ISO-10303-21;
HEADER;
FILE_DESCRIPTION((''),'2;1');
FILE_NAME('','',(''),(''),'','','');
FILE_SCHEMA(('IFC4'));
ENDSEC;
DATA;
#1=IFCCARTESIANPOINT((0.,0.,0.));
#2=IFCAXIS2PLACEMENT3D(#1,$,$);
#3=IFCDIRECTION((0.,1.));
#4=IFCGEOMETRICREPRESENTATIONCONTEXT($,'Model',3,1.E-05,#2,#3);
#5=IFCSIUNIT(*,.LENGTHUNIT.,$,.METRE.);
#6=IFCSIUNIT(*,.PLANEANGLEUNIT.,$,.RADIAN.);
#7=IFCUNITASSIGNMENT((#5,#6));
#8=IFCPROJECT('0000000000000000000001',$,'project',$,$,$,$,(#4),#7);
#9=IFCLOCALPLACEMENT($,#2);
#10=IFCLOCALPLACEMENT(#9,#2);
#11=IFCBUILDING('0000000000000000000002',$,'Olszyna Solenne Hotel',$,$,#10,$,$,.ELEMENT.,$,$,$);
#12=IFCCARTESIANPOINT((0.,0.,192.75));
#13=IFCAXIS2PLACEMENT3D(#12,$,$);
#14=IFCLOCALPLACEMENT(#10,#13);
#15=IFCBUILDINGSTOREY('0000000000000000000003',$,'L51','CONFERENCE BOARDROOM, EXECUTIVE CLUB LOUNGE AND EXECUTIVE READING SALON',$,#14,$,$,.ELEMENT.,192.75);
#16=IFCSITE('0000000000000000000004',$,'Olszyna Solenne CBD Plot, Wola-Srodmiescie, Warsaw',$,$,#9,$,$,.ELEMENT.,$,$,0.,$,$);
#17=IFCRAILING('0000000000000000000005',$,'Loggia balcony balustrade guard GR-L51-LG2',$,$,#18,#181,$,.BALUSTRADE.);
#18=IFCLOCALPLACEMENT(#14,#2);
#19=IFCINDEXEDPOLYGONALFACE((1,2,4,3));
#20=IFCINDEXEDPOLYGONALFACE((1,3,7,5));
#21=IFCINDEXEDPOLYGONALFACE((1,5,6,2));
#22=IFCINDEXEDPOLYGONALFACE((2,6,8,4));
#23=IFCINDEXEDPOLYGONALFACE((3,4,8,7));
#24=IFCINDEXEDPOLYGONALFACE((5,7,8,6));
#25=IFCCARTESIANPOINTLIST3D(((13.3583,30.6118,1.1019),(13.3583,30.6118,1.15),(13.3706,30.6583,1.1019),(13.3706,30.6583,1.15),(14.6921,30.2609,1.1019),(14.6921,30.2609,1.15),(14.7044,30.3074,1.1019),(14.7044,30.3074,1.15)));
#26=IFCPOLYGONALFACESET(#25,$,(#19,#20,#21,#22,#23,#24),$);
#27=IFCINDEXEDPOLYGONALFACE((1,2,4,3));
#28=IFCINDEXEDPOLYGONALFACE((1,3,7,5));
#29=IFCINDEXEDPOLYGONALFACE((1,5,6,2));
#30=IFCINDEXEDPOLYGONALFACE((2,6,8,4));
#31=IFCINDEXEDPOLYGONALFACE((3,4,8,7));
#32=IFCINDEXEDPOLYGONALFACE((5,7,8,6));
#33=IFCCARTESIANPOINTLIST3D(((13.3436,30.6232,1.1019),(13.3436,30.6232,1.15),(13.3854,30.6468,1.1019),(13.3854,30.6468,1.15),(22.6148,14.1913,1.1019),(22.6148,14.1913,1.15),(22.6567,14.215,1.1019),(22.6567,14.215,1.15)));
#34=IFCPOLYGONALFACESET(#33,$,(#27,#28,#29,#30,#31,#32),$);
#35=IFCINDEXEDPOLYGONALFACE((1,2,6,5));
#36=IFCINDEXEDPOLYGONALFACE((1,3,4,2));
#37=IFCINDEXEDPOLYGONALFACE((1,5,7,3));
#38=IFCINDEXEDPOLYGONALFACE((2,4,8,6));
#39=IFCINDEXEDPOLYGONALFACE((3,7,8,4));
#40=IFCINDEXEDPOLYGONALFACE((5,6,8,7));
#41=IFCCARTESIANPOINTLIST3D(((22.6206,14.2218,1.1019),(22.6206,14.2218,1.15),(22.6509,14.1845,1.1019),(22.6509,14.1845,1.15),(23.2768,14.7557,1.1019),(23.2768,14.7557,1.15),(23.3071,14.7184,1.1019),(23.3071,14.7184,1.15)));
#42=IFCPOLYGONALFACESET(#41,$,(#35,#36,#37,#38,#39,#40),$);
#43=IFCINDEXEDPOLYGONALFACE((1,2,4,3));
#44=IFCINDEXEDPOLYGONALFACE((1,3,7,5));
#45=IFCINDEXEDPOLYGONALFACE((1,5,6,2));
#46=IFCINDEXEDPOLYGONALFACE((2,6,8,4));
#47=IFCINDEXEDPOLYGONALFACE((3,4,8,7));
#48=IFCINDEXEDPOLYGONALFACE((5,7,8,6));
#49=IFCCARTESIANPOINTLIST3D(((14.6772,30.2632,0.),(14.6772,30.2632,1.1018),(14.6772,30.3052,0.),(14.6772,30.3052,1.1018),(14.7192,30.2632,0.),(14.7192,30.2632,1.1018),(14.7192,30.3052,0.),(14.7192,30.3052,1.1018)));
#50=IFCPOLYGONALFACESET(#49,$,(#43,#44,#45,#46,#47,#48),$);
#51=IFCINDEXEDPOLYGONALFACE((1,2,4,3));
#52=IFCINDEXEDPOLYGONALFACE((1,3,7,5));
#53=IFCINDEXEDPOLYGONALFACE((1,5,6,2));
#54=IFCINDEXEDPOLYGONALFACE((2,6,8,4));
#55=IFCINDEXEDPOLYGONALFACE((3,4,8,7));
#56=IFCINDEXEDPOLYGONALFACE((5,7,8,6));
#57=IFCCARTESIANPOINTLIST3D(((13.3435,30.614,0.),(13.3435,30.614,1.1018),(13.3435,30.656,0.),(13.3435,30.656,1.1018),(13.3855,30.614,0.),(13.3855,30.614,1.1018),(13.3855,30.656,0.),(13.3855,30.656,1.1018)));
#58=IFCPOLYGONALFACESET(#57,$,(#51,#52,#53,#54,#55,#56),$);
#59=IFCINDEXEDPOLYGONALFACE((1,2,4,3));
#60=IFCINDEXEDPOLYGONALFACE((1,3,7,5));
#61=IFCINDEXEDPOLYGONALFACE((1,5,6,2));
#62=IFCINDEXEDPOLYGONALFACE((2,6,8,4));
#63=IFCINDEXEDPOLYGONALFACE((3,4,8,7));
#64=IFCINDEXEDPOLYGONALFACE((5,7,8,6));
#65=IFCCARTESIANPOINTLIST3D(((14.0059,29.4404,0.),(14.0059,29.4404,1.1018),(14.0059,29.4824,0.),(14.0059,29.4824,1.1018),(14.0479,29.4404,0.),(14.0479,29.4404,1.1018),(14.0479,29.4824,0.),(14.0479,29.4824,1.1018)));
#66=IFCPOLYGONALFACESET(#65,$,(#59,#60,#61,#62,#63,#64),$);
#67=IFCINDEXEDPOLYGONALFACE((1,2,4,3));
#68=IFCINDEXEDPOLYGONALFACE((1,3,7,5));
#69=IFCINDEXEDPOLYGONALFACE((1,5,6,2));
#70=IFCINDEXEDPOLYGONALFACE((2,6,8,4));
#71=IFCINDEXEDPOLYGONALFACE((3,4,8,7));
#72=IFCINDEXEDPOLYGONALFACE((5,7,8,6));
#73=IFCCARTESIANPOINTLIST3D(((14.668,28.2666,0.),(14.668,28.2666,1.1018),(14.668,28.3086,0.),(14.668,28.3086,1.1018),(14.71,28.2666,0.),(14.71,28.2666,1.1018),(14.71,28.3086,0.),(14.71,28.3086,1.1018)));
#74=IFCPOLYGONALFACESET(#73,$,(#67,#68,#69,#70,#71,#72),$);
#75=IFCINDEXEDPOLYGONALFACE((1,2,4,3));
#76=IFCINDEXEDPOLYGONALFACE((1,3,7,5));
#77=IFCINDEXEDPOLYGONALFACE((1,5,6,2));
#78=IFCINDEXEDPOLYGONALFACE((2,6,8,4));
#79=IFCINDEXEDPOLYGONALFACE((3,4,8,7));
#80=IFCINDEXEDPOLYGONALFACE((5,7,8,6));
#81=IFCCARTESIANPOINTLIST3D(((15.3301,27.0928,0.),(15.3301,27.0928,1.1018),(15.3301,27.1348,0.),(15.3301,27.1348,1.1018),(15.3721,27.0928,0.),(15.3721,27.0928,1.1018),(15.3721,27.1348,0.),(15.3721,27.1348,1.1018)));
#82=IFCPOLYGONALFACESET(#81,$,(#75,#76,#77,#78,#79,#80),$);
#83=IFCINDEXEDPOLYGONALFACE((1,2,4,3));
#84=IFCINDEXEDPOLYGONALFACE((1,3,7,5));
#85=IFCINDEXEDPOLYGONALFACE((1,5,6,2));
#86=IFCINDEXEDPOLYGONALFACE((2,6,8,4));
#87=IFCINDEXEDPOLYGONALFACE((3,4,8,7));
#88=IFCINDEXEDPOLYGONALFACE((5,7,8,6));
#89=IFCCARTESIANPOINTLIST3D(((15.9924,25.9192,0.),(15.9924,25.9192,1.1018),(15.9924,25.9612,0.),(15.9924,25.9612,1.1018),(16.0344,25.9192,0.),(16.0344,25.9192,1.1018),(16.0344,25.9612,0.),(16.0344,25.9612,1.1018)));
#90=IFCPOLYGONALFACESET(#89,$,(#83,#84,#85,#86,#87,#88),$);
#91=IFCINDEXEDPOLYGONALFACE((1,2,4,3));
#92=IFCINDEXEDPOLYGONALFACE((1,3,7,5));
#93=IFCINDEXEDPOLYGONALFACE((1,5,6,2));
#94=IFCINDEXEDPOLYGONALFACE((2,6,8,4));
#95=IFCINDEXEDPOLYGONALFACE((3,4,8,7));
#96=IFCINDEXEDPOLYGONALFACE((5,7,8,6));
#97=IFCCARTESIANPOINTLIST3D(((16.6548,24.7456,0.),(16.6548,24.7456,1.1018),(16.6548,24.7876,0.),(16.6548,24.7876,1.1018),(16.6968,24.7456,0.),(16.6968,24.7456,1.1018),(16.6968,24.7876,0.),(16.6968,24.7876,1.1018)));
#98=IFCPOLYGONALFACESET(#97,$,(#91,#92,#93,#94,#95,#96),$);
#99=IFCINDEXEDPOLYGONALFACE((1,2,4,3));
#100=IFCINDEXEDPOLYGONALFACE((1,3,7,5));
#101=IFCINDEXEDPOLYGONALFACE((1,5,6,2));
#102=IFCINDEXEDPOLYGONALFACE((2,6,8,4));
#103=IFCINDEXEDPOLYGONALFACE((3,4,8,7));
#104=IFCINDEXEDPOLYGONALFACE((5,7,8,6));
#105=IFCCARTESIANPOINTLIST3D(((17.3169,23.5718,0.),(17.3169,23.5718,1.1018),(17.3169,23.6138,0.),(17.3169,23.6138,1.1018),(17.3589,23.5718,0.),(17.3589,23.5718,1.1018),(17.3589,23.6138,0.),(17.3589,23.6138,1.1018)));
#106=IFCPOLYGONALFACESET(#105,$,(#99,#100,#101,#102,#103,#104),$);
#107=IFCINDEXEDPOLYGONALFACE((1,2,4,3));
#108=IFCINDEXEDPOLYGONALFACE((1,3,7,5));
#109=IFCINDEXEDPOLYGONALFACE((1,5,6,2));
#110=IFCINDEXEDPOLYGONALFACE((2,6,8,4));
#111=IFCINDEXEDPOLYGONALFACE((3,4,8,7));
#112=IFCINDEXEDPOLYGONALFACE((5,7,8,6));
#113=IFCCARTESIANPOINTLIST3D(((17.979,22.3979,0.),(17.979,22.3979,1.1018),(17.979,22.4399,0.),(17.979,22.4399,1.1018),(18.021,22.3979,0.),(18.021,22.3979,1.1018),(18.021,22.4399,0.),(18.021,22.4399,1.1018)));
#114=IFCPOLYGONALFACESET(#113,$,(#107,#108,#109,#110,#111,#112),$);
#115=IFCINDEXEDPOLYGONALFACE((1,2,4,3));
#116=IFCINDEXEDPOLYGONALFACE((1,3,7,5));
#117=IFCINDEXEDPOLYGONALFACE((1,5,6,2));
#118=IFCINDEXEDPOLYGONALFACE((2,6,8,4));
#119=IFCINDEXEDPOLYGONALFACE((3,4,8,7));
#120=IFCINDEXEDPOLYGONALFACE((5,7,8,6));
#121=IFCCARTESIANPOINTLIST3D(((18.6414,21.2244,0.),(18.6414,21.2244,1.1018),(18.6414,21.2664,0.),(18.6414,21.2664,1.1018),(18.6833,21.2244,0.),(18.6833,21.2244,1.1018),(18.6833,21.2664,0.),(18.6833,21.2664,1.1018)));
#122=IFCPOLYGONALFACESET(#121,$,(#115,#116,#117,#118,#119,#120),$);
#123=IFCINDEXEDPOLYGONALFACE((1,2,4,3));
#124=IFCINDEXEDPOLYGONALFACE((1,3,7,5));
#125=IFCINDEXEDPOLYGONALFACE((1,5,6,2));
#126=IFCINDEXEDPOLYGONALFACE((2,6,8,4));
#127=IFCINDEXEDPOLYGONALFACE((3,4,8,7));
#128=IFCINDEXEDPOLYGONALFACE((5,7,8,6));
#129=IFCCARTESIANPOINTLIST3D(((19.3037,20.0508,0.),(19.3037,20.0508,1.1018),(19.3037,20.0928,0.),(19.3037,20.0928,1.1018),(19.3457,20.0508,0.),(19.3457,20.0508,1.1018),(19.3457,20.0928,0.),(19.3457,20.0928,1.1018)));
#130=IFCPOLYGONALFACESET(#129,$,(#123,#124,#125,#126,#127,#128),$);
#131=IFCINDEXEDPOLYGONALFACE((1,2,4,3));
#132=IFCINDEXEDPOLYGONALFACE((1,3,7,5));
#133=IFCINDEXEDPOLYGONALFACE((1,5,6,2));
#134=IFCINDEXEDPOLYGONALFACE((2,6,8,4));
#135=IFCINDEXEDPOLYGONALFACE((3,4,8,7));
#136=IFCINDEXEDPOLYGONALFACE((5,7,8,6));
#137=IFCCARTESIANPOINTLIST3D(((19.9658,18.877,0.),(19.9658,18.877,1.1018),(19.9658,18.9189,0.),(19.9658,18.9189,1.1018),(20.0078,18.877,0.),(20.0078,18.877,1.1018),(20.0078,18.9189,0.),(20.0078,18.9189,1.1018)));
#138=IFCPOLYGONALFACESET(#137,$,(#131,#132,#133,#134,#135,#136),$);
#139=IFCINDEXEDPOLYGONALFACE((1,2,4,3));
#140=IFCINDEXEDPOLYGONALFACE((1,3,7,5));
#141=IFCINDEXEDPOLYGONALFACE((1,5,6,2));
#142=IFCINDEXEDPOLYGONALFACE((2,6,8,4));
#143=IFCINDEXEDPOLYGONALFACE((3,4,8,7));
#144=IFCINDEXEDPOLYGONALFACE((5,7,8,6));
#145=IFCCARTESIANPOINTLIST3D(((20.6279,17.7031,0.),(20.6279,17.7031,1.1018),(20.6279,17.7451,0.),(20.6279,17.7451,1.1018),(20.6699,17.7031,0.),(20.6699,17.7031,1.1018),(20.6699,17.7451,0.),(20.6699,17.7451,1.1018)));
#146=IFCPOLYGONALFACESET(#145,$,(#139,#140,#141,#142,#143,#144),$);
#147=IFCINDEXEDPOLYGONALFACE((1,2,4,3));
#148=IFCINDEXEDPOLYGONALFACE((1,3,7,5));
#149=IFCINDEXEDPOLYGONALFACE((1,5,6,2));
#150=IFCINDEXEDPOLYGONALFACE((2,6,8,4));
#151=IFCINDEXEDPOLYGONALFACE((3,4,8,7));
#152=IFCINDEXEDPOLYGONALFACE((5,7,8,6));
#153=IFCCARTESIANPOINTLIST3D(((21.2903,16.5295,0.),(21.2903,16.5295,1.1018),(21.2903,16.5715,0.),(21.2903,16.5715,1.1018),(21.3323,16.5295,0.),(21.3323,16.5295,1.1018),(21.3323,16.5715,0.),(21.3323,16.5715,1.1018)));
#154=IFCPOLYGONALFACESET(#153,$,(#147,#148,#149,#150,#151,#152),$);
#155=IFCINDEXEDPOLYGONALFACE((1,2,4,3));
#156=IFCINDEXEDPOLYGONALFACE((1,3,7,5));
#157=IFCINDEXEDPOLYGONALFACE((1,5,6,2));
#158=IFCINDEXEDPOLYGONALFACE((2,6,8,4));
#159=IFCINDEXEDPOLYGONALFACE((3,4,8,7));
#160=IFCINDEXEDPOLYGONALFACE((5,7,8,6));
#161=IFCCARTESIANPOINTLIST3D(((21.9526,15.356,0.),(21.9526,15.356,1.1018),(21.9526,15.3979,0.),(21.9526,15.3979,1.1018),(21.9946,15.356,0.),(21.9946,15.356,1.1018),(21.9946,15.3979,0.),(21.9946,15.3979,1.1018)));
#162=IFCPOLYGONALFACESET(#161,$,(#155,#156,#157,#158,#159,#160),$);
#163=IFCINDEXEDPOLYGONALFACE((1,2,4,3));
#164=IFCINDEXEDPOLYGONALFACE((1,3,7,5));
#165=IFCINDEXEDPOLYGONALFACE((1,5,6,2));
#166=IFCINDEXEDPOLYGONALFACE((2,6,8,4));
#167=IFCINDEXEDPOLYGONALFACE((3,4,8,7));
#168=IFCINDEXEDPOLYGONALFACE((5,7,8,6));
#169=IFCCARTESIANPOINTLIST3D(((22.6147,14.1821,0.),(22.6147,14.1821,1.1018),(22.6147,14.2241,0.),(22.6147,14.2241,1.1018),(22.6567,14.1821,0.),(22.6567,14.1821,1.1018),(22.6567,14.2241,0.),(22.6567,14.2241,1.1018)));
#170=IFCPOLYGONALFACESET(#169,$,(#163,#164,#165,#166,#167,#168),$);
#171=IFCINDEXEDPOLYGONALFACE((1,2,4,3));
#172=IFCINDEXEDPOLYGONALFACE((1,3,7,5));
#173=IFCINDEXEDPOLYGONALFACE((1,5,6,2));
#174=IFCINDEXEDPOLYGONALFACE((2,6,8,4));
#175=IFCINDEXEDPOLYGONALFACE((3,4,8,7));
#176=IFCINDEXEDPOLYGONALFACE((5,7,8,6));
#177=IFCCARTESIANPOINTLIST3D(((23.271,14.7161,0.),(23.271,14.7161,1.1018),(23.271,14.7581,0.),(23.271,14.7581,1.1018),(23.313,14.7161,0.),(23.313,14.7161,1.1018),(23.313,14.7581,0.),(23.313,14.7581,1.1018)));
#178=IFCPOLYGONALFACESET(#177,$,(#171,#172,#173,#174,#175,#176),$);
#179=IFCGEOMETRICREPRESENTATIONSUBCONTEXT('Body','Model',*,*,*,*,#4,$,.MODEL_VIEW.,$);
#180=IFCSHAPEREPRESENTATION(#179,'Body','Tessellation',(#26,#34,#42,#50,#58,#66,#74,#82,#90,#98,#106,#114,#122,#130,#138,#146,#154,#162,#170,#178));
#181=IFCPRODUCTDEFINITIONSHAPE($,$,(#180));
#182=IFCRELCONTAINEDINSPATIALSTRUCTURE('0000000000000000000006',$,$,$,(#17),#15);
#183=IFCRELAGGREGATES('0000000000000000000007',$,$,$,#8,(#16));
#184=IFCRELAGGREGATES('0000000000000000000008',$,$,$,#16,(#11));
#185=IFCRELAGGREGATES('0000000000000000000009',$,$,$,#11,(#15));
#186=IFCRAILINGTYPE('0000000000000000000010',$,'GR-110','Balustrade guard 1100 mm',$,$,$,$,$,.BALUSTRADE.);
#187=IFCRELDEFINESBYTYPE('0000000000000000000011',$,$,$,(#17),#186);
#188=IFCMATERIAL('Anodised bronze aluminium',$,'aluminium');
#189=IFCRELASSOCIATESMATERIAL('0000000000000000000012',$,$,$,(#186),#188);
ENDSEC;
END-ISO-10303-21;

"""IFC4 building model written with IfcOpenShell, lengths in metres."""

from ifc_helpers import new_model, si_unit, direction, frame, origin, origin_2d, place, context, subcontext, project, spatial, rectangle, extrude, material, type_object, element, save


model = new_model("IFC4")

# Units and contexts
model_context = context("Model", 3, precision=1e-05, world=origin(), true_north=direction((0.0, 1.0)))
body_context = subcontext(model_context, "Body", "Model", "MODEL_VIEW")
ifc_project = project(units=[si_unit("LENGTHUNIT", "METRE"), si_unit("PLANEANGLEUNIT", "RADIAN")], contexts=[model_context])

# Site, building, storey
site_placement = place(None, origin())
site = spatial("IfcSite", under=ifc_project, at=site_placement, Name="Olszyna Solenne CBD Plot, Wola-Srodmiescie, Warsaw", CompositionType="ELEMENT", RefElevation=0.0)
building_placement = place(site_placement, origin())
building = spatial("IfcBuilding", under=site, at=building_placement, Name="Olszyna Solenne Hotel", CompositionType="ELEMENT")
storey_placement = place(building_placement, frame((0.0, 0.0, 192.75)))
storey = spatial("IfcBuildingStorey", under=building, at=storey_placement, Name="L51", Description="CONFERENCE BOARDROOM, EXECUTIVE CLUB LOUNGE AND EXECUTIVE READING SALON", CompositionType="ELEMENT", Elevation=192.75)

# Railing
ifc_material_1 = material(Name="Anodised bronze aluminium", Category="aluminium")
railing_type = type_object("IfcRailingType", Name="GR-110", Description="Balustrade guard 1100 mm", PredefinedType="BALUSTRADE", material=ifc_material_1)
railing_placement = place(storey_placement, frame((14.6982, 30.2842, 0.0)))
element("IfcRailing", 1, at=railing_placement, inside=storey, type_object=railing_type, Name="Loggia balcony balustrade guard GR-L51-LG2", PredefinedType="BALUSTRADE", context=body_context, shape_type="SweptSolid", body=[
    extrude(rectangle(XDim=0.0481, YDim=0.0481, at=origin_2d()), frame((0.0, 0.0, 1.126), z_axis=(-0.967102, 0.254389, 0.0), x_axis=(-0.254389, -0.967102, 0.0)), (0.0, 0.0, 1.0), 1.3792),
    extrude(rectangle(XDim=0.0481, YDim=0.0481, at=origin_2d()), frame((-1.3337, 0.3508, 1.126), z_axis=(0.4914, -0.870934, 0.0), x_axis=(0.870934, 0.4914, 0.0)), (0.0, 0.0, 1.0), 18.8669),
    extrude(rectangle(XDim=0.0481, YDim=0.0481, at=origin_2d()), frame((7.9375, -16.0811, 1.126), z_axis=(0.77569, 0.631114, 0.0), x_axis=(-0.631114, 0.77569, 0.0)), (0.0, 0.0, 1.0), 0.8459),
    extrude(rectangle(XDim=0.042, YDim=0.042, at=origin_2d()), origin(), (0.0, 0.0, 1.0), 1.1018),
    extrude(rectangle(XDim=0.042, YDim=0.042, at=origin_2d()), frame((-1.3337, 0.3508, 0.0)), (0.0, 0.0, 1.0), 1.1018),
    extrude(rectangle(XDim=0.042, YDim=0.042, at=origin_2d()), frame((-0.6714, -0.8228, 0.0)), (0.0, 0.0, 1.0), 1.1018),
    extrude(rectangle(XDim=0.042, YDim=0.042, at=origin_2d()), frame((-0.0093, -1.9966, 0.0)), (0.0, 0.0, 1.0), 1.1018),
    extrude(rectangle(XDim=0.042, YDim=0.042, at=origin_2d()), frame((0.6528, -3.1704, 0.0)), (0.0, 0.0, 1.0), 1.1018),
    extrude(rectangle(XDim=0.042, YDim=0.042, at=origin_2d()), frame((1.3152, -4.344, 0.0)), (0.0, 0.0, 1.0), 1.1018),
    extrude(rectangle(XDim=0.042, YDim=0.042, at=origin_2d()), frame((1.9775, -5.5176, 0.0)), (0.0, 0.0, 1.0), 1.1018),
    extrude(rectangle(XDim=0.042, YDim=0.042, at=origin_2d()), frame((2.6396, -6.6914, 0.0)), (0.0, 0.0, 1.0), 1.1018),
    extrude(rectangle(XDim=0.042, YDim=0.042, at=origin_2d()), frame((3.3018, -7.8652, 0.0)), (0.0, 0.0, 1.0), 1.1018),
    extrude(rectangle(XDim=0.042, YDim=0.042, at=origin_2d()), frame((3.9641, -9.0388, 0.0)), (0.0, 0.0, 1.0), 1.1018),
    extrude(rectangle(XDim=0.042, YDim=0.042, at=origin_2d()), frame((4.6265, -10.2124, 0.0)), (0.0, 0.0, 1.0), 1.1018),
    extrude(rectangle(XDim=0.042, YDim=0.042, at=origin_2d()), frame((5.2886, -11.3862, 0.0)), (0.0, 0.0, 1.0), 1.1018),
    extrude(rectangle(XDim=0.042, YDim=0.042, at=origin_2d()), frame((5.9507, -12.5601, 0.0)), (0.0, 0.0, 1.0), 1.1018),
    extrude(rectangle(XDim=0.042, YDim=0.042, at=origin_2d()), frame((6.613, -13.7336, 0.0)), (0.0, 0.0, 1.0), 1.1018),
    extrude(rectangle(XDim=0.042, YDim=0.042, at=origin_2d()), frame((7.2754, -14.9072, 0.0)), (0.0, 0.0, 1.0), 1.1018),
    extrude(rectangle(XDim=0.042, YDim=0.042, at=origin_2d()), frame((7.9375, -16.0811, 0.0)), (0.0, 0.0, 1.0), 1.1018),
    extrude(rectangle(XDim=0.042, YDim=0.042, at=origin_2d()), frame((8.5938, -15.5471, 0.0)), (0.0, 0.0, 1.0), 1.1018),
])

save(model, "model.ifc")
